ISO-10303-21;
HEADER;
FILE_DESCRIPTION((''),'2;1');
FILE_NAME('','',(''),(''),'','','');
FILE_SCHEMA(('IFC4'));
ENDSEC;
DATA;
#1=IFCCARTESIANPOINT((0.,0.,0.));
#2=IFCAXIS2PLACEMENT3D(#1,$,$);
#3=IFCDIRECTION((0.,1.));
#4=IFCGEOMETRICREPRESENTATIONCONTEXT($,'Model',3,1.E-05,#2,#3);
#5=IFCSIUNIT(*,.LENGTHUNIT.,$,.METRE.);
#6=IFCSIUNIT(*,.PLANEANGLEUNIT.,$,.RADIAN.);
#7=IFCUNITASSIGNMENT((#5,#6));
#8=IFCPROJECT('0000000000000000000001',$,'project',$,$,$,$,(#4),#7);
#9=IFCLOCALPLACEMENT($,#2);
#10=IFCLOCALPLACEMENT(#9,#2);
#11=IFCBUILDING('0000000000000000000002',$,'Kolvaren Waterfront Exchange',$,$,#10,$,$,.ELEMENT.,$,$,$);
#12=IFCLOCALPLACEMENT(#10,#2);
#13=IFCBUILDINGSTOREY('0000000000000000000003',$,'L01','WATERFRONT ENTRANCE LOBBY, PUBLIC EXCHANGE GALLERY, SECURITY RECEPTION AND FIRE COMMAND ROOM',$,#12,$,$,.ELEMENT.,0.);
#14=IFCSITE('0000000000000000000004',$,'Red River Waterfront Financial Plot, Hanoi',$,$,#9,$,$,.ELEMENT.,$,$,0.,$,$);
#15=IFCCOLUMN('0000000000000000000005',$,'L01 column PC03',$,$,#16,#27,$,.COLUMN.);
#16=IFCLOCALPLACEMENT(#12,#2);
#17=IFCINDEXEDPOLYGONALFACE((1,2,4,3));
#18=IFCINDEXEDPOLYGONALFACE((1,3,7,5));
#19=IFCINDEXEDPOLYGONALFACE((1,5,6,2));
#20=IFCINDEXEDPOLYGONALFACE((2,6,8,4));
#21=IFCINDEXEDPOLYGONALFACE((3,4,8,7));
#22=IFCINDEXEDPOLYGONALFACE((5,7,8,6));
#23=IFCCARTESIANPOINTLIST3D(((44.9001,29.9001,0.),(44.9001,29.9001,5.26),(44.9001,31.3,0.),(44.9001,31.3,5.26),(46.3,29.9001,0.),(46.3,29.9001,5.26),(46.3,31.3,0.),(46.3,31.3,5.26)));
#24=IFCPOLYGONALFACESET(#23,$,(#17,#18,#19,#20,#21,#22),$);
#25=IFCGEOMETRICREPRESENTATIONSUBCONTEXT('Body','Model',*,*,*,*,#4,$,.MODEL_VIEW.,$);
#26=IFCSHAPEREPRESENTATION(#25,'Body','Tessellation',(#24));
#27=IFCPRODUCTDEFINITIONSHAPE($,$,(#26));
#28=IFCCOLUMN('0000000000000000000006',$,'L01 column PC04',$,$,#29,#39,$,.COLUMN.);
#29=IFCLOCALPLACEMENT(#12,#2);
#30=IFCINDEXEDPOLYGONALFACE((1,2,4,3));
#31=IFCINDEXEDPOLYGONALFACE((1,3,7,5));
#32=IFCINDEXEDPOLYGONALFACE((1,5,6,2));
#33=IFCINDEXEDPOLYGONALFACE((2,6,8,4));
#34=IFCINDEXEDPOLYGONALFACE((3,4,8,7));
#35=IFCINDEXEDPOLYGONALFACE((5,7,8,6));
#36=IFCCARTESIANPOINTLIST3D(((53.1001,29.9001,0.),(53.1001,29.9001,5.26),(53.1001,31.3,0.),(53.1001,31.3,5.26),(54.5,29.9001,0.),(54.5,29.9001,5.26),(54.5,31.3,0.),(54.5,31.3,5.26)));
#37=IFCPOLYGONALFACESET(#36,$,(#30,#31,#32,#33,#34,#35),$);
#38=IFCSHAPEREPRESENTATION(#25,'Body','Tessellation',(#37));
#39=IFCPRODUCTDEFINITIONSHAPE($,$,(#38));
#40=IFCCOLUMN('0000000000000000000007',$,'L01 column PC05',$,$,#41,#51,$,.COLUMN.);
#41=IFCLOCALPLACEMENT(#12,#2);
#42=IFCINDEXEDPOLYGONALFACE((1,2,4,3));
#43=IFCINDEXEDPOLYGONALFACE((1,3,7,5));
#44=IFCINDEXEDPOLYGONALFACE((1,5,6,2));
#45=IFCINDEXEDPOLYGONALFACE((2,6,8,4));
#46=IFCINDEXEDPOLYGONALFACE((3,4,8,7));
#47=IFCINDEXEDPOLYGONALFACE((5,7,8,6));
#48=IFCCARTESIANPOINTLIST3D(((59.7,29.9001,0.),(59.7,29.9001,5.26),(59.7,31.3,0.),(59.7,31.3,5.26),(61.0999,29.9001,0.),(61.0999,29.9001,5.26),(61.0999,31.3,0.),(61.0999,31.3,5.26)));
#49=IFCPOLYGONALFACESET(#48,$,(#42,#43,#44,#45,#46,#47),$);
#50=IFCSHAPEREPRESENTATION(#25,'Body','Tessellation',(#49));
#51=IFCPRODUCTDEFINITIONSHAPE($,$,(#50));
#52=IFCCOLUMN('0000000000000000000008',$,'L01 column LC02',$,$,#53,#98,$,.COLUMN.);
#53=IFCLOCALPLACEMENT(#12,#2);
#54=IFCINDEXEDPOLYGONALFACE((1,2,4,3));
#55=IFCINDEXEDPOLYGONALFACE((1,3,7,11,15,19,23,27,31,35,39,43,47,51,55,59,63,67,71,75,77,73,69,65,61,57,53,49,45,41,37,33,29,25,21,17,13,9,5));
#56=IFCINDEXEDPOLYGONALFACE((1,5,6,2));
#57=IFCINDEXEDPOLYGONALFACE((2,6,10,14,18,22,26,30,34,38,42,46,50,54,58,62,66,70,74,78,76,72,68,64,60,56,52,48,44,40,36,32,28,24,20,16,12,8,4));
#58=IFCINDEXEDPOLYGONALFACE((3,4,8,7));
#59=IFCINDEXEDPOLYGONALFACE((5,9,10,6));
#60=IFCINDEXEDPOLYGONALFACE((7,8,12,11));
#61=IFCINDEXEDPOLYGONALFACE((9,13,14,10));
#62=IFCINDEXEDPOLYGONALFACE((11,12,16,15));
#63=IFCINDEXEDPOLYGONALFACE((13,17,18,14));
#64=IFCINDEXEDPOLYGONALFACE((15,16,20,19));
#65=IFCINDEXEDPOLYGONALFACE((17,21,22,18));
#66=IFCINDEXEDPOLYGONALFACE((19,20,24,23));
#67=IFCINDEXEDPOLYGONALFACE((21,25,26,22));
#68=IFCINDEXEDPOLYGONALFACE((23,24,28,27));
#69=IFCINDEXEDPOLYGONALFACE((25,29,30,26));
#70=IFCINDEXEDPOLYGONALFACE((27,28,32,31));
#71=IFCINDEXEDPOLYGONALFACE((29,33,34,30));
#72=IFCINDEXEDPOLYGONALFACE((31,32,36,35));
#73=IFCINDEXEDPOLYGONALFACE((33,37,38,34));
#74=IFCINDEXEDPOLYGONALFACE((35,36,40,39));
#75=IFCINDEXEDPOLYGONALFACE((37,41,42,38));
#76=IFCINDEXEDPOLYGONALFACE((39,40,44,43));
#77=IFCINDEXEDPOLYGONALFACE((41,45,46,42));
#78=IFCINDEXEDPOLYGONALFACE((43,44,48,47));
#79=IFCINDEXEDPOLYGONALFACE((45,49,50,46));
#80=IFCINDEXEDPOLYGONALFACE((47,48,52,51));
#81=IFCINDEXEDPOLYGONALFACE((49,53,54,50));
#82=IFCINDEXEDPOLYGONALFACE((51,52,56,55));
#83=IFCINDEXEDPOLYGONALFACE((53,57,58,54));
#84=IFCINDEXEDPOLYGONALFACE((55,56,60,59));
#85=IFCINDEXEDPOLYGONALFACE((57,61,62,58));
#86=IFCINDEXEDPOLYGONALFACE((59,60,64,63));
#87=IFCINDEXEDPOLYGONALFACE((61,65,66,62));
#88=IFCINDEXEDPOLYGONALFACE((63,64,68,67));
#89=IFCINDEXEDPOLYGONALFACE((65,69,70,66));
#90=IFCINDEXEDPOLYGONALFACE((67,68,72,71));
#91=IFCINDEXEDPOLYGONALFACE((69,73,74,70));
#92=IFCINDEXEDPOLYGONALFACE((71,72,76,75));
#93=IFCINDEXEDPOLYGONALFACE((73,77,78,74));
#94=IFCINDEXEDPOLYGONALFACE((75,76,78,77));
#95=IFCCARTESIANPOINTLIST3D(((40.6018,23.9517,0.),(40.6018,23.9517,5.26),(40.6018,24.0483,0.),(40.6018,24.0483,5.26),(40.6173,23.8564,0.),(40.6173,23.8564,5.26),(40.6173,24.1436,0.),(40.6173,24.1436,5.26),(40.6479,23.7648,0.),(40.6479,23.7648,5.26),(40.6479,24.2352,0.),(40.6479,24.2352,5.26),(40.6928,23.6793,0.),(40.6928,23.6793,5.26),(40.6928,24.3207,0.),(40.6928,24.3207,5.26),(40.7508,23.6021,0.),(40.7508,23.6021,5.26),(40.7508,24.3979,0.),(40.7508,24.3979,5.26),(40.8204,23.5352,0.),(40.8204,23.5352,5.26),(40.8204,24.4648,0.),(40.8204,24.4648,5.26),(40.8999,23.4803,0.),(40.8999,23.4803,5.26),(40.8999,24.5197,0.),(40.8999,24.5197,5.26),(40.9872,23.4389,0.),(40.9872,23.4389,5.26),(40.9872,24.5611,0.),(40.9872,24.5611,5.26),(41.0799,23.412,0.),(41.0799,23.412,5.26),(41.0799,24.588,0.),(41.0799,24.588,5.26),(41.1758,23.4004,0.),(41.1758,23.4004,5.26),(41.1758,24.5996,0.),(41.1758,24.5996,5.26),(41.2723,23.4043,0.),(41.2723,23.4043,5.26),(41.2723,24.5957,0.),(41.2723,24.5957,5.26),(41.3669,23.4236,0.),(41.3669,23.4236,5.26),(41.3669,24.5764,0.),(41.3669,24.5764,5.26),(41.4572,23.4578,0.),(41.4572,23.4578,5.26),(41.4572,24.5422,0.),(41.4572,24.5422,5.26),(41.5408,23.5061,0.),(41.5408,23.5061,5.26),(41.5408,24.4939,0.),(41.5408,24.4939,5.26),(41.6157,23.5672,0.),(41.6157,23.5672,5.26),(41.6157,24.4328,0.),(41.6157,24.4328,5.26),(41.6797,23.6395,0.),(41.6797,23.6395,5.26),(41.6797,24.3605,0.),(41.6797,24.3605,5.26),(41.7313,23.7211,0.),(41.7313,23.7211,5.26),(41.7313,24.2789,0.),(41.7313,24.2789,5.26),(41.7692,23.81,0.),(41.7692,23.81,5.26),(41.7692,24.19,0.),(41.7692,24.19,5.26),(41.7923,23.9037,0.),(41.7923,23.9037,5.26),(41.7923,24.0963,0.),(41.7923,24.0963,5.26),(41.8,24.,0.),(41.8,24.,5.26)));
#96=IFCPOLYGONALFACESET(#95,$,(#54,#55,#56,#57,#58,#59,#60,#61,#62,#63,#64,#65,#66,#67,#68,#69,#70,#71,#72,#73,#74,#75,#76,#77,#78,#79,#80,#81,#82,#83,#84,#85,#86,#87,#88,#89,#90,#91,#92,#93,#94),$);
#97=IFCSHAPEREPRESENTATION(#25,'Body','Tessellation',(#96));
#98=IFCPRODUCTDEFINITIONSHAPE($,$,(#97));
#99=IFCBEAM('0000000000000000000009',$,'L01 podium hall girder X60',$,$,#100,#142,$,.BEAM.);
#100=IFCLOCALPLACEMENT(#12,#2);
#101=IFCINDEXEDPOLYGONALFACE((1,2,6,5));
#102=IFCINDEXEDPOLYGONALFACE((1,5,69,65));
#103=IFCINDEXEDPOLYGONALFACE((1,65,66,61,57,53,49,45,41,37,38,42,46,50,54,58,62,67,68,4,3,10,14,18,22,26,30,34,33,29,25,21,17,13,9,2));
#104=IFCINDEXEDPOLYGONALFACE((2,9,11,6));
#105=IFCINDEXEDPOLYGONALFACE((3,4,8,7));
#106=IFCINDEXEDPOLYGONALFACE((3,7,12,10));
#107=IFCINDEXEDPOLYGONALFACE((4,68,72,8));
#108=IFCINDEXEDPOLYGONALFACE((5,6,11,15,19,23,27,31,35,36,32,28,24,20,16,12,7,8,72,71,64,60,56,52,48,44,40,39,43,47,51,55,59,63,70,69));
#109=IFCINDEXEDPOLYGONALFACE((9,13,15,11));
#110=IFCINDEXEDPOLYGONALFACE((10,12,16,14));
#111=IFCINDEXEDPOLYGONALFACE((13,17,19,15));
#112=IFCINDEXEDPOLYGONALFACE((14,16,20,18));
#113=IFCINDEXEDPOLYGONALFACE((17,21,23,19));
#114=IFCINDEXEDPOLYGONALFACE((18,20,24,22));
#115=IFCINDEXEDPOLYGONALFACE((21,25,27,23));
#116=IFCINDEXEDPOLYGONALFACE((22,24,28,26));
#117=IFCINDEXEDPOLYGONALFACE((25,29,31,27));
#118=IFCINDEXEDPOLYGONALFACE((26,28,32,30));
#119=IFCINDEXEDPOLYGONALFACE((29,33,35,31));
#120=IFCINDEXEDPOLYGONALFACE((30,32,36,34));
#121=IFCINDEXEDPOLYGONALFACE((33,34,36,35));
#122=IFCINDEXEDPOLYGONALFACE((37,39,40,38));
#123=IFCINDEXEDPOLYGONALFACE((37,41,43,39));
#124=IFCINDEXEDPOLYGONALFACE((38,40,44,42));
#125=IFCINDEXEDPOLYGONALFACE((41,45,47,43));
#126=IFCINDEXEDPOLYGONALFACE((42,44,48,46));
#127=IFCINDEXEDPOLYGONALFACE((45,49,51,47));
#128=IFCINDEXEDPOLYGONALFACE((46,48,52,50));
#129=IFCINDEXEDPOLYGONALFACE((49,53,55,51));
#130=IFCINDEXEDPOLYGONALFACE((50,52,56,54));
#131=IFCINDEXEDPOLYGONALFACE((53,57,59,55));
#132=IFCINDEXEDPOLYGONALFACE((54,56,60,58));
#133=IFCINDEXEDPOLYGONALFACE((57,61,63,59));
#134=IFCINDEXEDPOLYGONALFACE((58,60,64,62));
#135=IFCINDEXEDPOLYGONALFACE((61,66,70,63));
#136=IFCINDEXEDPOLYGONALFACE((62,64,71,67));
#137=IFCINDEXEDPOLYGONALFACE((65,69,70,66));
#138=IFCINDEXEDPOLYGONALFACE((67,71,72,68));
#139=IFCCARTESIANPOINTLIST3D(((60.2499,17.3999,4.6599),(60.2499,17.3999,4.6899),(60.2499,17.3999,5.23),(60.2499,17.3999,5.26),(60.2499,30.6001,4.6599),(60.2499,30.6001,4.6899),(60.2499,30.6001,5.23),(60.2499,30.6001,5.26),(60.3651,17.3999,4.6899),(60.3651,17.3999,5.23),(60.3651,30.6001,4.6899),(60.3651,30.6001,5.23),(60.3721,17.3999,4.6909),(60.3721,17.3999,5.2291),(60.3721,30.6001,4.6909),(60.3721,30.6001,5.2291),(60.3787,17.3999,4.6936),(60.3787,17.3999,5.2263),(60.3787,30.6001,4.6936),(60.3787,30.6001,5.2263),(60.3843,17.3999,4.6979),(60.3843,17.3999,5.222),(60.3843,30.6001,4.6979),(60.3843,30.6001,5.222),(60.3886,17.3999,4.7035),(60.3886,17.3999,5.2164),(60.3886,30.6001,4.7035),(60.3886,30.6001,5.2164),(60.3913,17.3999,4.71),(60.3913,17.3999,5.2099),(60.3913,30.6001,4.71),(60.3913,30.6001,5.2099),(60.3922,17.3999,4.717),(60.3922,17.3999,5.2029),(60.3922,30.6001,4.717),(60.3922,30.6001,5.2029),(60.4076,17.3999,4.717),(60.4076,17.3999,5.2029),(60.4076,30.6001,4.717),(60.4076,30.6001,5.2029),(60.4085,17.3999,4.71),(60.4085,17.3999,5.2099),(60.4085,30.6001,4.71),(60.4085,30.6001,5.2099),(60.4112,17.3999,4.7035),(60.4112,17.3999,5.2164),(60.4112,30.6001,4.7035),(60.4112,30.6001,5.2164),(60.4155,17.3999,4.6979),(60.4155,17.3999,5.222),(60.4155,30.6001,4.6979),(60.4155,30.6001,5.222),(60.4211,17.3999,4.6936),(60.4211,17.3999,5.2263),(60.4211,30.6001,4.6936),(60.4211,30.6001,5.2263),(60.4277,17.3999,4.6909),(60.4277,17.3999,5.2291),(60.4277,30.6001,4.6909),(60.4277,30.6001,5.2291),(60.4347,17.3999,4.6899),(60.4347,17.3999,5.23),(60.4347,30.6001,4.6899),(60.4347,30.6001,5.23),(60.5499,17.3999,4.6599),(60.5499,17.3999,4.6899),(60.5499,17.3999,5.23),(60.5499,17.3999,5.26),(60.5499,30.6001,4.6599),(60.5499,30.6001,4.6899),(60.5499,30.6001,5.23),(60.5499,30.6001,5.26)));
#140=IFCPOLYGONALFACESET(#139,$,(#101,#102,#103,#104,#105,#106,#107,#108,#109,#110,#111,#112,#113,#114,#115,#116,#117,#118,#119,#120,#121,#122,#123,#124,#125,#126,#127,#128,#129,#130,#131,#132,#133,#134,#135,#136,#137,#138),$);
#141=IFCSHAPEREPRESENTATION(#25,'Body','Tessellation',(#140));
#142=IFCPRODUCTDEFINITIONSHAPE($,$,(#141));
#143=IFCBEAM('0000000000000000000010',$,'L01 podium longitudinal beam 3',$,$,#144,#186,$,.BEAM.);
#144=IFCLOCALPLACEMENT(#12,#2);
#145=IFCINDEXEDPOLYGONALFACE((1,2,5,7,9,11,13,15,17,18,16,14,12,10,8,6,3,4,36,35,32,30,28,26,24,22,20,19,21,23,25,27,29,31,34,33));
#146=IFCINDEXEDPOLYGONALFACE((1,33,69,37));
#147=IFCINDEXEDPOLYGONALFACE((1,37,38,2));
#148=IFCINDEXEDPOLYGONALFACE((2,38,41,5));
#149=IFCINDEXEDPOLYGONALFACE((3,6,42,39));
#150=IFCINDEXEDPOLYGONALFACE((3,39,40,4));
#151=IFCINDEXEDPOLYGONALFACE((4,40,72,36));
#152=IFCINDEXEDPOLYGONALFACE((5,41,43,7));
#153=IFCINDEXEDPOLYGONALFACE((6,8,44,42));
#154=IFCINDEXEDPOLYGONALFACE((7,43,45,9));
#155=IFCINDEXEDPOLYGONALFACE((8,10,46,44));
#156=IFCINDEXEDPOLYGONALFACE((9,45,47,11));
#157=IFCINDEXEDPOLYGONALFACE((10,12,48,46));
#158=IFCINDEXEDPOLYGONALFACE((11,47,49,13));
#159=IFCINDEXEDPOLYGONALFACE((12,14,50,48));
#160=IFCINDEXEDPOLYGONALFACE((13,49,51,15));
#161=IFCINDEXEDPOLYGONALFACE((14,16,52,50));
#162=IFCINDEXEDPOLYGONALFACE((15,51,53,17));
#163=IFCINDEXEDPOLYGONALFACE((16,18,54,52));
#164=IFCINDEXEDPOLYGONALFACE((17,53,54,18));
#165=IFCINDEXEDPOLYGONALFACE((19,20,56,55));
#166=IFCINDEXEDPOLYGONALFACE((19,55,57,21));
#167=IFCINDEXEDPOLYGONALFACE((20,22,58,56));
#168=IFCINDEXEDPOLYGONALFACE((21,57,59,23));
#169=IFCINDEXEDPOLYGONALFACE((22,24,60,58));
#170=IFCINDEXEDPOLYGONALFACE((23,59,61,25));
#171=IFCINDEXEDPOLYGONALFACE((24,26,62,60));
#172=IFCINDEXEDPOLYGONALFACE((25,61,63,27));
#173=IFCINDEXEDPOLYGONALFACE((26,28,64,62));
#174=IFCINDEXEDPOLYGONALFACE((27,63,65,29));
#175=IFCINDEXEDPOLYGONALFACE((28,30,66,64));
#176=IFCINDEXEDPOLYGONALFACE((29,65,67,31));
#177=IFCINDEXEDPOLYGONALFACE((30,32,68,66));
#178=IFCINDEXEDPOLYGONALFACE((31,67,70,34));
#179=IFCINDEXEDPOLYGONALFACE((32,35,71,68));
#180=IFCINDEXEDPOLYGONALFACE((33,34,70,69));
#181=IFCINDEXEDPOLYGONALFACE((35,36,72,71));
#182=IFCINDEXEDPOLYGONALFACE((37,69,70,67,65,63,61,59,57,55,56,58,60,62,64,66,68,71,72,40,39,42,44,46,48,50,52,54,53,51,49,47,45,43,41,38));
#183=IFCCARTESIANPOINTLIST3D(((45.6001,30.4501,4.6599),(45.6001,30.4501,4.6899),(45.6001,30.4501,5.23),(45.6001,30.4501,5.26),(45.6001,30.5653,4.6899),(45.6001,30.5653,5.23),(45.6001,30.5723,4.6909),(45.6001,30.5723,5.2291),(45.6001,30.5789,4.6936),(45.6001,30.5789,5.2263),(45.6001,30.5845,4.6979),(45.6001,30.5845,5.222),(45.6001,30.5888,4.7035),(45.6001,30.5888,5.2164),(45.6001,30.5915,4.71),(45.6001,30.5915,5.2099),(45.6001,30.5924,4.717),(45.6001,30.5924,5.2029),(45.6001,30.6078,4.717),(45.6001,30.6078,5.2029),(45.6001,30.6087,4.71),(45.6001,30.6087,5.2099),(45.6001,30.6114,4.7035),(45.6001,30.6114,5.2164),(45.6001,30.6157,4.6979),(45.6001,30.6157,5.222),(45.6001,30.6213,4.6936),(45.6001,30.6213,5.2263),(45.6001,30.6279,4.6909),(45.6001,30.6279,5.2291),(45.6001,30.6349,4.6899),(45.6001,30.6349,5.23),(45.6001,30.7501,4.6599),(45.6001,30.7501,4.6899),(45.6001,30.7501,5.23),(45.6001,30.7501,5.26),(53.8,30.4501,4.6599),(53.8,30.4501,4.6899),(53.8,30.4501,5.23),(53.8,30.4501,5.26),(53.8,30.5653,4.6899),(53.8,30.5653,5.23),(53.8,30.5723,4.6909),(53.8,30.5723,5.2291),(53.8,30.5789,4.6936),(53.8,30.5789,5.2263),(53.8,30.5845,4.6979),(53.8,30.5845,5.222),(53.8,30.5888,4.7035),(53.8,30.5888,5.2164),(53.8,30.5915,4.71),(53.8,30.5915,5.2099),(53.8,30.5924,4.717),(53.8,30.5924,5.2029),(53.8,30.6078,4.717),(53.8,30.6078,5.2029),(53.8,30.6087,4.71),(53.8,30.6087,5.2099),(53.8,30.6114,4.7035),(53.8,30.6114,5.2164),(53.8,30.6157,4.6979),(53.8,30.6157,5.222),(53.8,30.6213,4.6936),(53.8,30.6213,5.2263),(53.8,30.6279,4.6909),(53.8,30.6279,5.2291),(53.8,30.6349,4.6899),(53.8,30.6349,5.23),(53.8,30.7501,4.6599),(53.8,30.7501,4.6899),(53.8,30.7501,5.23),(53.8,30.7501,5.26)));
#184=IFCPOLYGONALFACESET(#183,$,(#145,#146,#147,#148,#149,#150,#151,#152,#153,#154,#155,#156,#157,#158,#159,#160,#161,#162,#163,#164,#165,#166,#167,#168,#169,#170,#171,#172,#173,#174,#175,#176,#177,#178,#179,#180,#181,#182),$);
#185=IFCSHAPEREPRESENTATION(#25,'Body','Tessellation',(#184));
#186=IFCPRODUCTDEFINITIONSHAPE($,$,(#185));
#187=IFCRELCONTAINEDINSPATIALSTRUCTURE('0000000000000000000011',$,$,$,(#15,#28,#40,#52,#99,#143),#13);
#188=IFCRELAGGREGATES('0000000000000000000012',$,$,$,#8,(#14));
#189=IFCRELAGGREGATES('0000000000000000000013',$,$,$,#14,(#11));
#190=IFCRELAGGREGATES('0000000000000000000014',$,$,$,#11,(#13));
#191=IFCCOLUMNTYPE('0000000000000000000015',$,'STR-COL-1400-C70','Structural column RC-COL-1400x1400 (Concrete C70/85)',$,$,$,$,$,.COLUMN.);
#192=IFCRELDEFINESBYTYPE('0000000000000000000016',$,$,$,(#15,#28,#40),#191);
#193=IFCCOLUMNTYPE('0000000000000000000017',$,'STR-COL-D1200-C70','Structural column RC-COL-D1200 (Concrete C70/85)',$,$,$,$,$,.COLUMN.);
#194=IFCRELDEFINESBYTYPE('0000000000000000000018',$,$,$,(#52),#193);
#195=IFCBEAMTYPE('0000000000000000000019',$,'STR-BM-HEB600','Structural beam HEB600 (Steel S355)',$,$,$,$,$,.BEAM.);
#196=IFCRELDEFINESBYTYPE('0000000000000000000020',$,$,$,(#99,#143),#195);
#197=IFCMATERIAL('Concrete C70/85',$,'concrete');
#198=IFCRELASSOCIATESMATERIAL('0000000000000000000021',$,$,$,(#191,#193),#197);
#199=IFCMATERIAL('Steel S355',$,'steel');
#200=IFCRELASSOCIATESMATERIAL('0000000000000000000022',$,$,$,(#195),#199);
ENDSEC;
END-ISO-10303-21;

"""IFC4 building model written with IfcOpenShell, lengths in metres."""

from ifc_helpers import new_model, si_unit, direction, frame, origin, origin_2d, place, context, subcontext, project, spatial, rectangle, circle, i_section, extrude, material, material_profile, profile_set, type_object, element, save


model = new_model("IFC4")

# Units and contexts
model_context = context("Model", 3, precision=1e-05, world=origin(), true_north=direction((0.0, 1.0)))
body_context = subcontext(model_context, "Body", "Model", "MODEL_VIEW")
ifc_project = project(units=[si_unit("LENGTHUNIT", "METRE"), si_unit("PLANEANGLEUNIT", "RADIAN")], contexts=[model_context])

# Site, building, storey
site_placement = place(None, origin())
site = spatial("IfcSite", under=ifc_project, at=site_placement, Name="Red River Waterfront Financial Plot, Hanoi", CompositionType="ELEMENT", RefElevation=0.0)
building_placement = place(site_placement, origin())
building = spatial("IfcBuilding", under=site, at=building_placement, Name="Kolvaren Waterfront Exchange", CompositionType="ELEMENT")
storey_placement = place(building_placement, origin())
storey = spatial("IfcBuildingStorey", under=building, at=storey_placement, Name="L01", Description="WATERFRONT ENTRANCE LOBBY, PUBLIC EXCHANGE GALLERY, SECURITY RECEPTION AND FIRE COMMAND ROOM", CompositionType="ELEMENT", Elevation=0.0)

# Columns
ifc_material_1 = material(Name="Concrete C70/85", Category="concrete")
ifc_material_profile_1 = material_profile(ifc_material_1, rectangle(XDim=1.3999, YDim=1.3999, at=origin_2d()), Name="RC-COL-1400x1400")
ifc_profile_set_1 = profile_set([ifc_material_profile_1], Name="Concrete C70/85")
column_type_1 = type_object("IfcColumnType", Name="STR-COL-1400-C70", Description="Structural column RC-COL-1400x1400 (Concrete C70/85)", PredefinedType="COLUMN", material=ifc_profile_set_1)
for number, where, z_axis, x_axis, name in (
    (1, (45.6001, 30.6001, 0.0), (0.0, 0.0, 1.0), (1.0, 0.0, 0.0), "L01 column PC03"),
    (2, (53.8, 30.6001, 0.0), (0.0, 0.0, 1.0), (1.0, 0.0, 0.0), "L01 column PC04"),
    (3, (60.3999, 30.6001, 0.0), (0.0, 0.0, 1.0), (1.0, 0.0, 0.0), "L01 column PC05"),
):
    element("IfcColumn", number, at=place(storey_placement, frame(where, z_axis=z_axis, x_axis=x_axis)), inside=storey, type_object=column_type_1, Name=name, PredefinedType="COLUMN", context=body_context, shape_type="SweptSolid", body=[
        extrude(rectangle(XDim=1.3999, YDim=1.3999, at=origin_2d()), origin(), (0.0, 0.0, 1.0), 5.26),
    ])
ifc_material_profile_2 = material_profile(ifc_material_1, circle(Radius=0.6001, at=origin_2d()), Name="RC-COL-D1200")
ifc_profile_set_2 = profile_set([ifc_material_profile_2], Name="Concrete C70/85")
column_type_2 = type_object("IfcColumnType", Name="STR-COL-D1200-C70", Description="Structural column RC-COL-D1200 (Concrete C70/85)", PredefinedType="COLUMN", material=ifc_profile_set_2)
column_placement = place(storey_placement, frame((41.2, 24.0, 0.0), z_axis=(0.0, 0.0, 1.0), x_axis=(1.0, 0.0, 0.0)))
element("IfcColumn", 4, at=column_placement, inside=storey, type_object=column_type_2, Name="L01 column LC02", PredefinedType="COLUMN", context=body_context, shape_type="SweptSolid", body=[
    extrude(circle(Radius=0.6001, at=origin_2d()), origin(), (0.0, 0.0, 1.0), 5.26),
])

# Beams
ifc_material_2 = material(Name="Steel S355", Category="steel")
ifc_material_profile_3 = material_profile(ifc_material_2, i_section(OverallWidth=0.3, OverallDepth=0.6001, WebThickness=0.0154, FlangeThickness=0.03, FilletRadius=0.0271, at=origin_2d()), Name="HEB600")
ifc_profile_set_3 = profile_set([ifc_material_profile_3], Name="Steel S355")
beam_type_1 = type_object("IfcBeamType", Name="STR-BM-HEB600", Description="Structural beam HEB600 (Steel S355)", PredefinedType="BEAM", material=ifc_profile_set_3)
beam_1_placement = place(storey_placement, frame((60.3999, 17.3999, 4.96), z_axis=(0.0, 1.0, 0.0), x_axis=(-1.0, 0.0, 0.0)))
element("IfcBeam", 5, at=beam_1_placement, inside=storey, type_object=beam_type_1, Name="L01 podium hall girder X60", PredefinedType="BEAM", context=body_context, shape_type="SweptSolid", body=[
    extrude(i_section(OverallWidth=0.3, OverallDepth=0.6001, WebThickness=0.0154, FlangeThickness=0.03, FilletRadius=0.0271, at=origin_2d()), origin(), (0.0, 0.0, 1.0), 13.2002),
])
beam_2_placement = place(storey_placement, frame((45.6001, 30.6001, 4.96), z_axis=(1.0, 0.0, 0.0), x_axis=(0.0, 1.0, 0.0)))
element("IfcBeam", 6, at=beam_2_placement, inside=storey, type_object=beam_type_1, Name="L01 podium longitudinal beam 3", PredefinedType="BEAM", context=body_context, shape_type="SweptSolid", body=[
    extrude(i_section(OverallWidth=0.3, OverallDepth=0.6001, WebThickness=0.0154, FlangeThickness=0.03, FilletRadius=0.0271, at=origin_2d()), origin(), (0.0, 0.0, 1.0), 8.2),
])

save(model, "model.ifc")
